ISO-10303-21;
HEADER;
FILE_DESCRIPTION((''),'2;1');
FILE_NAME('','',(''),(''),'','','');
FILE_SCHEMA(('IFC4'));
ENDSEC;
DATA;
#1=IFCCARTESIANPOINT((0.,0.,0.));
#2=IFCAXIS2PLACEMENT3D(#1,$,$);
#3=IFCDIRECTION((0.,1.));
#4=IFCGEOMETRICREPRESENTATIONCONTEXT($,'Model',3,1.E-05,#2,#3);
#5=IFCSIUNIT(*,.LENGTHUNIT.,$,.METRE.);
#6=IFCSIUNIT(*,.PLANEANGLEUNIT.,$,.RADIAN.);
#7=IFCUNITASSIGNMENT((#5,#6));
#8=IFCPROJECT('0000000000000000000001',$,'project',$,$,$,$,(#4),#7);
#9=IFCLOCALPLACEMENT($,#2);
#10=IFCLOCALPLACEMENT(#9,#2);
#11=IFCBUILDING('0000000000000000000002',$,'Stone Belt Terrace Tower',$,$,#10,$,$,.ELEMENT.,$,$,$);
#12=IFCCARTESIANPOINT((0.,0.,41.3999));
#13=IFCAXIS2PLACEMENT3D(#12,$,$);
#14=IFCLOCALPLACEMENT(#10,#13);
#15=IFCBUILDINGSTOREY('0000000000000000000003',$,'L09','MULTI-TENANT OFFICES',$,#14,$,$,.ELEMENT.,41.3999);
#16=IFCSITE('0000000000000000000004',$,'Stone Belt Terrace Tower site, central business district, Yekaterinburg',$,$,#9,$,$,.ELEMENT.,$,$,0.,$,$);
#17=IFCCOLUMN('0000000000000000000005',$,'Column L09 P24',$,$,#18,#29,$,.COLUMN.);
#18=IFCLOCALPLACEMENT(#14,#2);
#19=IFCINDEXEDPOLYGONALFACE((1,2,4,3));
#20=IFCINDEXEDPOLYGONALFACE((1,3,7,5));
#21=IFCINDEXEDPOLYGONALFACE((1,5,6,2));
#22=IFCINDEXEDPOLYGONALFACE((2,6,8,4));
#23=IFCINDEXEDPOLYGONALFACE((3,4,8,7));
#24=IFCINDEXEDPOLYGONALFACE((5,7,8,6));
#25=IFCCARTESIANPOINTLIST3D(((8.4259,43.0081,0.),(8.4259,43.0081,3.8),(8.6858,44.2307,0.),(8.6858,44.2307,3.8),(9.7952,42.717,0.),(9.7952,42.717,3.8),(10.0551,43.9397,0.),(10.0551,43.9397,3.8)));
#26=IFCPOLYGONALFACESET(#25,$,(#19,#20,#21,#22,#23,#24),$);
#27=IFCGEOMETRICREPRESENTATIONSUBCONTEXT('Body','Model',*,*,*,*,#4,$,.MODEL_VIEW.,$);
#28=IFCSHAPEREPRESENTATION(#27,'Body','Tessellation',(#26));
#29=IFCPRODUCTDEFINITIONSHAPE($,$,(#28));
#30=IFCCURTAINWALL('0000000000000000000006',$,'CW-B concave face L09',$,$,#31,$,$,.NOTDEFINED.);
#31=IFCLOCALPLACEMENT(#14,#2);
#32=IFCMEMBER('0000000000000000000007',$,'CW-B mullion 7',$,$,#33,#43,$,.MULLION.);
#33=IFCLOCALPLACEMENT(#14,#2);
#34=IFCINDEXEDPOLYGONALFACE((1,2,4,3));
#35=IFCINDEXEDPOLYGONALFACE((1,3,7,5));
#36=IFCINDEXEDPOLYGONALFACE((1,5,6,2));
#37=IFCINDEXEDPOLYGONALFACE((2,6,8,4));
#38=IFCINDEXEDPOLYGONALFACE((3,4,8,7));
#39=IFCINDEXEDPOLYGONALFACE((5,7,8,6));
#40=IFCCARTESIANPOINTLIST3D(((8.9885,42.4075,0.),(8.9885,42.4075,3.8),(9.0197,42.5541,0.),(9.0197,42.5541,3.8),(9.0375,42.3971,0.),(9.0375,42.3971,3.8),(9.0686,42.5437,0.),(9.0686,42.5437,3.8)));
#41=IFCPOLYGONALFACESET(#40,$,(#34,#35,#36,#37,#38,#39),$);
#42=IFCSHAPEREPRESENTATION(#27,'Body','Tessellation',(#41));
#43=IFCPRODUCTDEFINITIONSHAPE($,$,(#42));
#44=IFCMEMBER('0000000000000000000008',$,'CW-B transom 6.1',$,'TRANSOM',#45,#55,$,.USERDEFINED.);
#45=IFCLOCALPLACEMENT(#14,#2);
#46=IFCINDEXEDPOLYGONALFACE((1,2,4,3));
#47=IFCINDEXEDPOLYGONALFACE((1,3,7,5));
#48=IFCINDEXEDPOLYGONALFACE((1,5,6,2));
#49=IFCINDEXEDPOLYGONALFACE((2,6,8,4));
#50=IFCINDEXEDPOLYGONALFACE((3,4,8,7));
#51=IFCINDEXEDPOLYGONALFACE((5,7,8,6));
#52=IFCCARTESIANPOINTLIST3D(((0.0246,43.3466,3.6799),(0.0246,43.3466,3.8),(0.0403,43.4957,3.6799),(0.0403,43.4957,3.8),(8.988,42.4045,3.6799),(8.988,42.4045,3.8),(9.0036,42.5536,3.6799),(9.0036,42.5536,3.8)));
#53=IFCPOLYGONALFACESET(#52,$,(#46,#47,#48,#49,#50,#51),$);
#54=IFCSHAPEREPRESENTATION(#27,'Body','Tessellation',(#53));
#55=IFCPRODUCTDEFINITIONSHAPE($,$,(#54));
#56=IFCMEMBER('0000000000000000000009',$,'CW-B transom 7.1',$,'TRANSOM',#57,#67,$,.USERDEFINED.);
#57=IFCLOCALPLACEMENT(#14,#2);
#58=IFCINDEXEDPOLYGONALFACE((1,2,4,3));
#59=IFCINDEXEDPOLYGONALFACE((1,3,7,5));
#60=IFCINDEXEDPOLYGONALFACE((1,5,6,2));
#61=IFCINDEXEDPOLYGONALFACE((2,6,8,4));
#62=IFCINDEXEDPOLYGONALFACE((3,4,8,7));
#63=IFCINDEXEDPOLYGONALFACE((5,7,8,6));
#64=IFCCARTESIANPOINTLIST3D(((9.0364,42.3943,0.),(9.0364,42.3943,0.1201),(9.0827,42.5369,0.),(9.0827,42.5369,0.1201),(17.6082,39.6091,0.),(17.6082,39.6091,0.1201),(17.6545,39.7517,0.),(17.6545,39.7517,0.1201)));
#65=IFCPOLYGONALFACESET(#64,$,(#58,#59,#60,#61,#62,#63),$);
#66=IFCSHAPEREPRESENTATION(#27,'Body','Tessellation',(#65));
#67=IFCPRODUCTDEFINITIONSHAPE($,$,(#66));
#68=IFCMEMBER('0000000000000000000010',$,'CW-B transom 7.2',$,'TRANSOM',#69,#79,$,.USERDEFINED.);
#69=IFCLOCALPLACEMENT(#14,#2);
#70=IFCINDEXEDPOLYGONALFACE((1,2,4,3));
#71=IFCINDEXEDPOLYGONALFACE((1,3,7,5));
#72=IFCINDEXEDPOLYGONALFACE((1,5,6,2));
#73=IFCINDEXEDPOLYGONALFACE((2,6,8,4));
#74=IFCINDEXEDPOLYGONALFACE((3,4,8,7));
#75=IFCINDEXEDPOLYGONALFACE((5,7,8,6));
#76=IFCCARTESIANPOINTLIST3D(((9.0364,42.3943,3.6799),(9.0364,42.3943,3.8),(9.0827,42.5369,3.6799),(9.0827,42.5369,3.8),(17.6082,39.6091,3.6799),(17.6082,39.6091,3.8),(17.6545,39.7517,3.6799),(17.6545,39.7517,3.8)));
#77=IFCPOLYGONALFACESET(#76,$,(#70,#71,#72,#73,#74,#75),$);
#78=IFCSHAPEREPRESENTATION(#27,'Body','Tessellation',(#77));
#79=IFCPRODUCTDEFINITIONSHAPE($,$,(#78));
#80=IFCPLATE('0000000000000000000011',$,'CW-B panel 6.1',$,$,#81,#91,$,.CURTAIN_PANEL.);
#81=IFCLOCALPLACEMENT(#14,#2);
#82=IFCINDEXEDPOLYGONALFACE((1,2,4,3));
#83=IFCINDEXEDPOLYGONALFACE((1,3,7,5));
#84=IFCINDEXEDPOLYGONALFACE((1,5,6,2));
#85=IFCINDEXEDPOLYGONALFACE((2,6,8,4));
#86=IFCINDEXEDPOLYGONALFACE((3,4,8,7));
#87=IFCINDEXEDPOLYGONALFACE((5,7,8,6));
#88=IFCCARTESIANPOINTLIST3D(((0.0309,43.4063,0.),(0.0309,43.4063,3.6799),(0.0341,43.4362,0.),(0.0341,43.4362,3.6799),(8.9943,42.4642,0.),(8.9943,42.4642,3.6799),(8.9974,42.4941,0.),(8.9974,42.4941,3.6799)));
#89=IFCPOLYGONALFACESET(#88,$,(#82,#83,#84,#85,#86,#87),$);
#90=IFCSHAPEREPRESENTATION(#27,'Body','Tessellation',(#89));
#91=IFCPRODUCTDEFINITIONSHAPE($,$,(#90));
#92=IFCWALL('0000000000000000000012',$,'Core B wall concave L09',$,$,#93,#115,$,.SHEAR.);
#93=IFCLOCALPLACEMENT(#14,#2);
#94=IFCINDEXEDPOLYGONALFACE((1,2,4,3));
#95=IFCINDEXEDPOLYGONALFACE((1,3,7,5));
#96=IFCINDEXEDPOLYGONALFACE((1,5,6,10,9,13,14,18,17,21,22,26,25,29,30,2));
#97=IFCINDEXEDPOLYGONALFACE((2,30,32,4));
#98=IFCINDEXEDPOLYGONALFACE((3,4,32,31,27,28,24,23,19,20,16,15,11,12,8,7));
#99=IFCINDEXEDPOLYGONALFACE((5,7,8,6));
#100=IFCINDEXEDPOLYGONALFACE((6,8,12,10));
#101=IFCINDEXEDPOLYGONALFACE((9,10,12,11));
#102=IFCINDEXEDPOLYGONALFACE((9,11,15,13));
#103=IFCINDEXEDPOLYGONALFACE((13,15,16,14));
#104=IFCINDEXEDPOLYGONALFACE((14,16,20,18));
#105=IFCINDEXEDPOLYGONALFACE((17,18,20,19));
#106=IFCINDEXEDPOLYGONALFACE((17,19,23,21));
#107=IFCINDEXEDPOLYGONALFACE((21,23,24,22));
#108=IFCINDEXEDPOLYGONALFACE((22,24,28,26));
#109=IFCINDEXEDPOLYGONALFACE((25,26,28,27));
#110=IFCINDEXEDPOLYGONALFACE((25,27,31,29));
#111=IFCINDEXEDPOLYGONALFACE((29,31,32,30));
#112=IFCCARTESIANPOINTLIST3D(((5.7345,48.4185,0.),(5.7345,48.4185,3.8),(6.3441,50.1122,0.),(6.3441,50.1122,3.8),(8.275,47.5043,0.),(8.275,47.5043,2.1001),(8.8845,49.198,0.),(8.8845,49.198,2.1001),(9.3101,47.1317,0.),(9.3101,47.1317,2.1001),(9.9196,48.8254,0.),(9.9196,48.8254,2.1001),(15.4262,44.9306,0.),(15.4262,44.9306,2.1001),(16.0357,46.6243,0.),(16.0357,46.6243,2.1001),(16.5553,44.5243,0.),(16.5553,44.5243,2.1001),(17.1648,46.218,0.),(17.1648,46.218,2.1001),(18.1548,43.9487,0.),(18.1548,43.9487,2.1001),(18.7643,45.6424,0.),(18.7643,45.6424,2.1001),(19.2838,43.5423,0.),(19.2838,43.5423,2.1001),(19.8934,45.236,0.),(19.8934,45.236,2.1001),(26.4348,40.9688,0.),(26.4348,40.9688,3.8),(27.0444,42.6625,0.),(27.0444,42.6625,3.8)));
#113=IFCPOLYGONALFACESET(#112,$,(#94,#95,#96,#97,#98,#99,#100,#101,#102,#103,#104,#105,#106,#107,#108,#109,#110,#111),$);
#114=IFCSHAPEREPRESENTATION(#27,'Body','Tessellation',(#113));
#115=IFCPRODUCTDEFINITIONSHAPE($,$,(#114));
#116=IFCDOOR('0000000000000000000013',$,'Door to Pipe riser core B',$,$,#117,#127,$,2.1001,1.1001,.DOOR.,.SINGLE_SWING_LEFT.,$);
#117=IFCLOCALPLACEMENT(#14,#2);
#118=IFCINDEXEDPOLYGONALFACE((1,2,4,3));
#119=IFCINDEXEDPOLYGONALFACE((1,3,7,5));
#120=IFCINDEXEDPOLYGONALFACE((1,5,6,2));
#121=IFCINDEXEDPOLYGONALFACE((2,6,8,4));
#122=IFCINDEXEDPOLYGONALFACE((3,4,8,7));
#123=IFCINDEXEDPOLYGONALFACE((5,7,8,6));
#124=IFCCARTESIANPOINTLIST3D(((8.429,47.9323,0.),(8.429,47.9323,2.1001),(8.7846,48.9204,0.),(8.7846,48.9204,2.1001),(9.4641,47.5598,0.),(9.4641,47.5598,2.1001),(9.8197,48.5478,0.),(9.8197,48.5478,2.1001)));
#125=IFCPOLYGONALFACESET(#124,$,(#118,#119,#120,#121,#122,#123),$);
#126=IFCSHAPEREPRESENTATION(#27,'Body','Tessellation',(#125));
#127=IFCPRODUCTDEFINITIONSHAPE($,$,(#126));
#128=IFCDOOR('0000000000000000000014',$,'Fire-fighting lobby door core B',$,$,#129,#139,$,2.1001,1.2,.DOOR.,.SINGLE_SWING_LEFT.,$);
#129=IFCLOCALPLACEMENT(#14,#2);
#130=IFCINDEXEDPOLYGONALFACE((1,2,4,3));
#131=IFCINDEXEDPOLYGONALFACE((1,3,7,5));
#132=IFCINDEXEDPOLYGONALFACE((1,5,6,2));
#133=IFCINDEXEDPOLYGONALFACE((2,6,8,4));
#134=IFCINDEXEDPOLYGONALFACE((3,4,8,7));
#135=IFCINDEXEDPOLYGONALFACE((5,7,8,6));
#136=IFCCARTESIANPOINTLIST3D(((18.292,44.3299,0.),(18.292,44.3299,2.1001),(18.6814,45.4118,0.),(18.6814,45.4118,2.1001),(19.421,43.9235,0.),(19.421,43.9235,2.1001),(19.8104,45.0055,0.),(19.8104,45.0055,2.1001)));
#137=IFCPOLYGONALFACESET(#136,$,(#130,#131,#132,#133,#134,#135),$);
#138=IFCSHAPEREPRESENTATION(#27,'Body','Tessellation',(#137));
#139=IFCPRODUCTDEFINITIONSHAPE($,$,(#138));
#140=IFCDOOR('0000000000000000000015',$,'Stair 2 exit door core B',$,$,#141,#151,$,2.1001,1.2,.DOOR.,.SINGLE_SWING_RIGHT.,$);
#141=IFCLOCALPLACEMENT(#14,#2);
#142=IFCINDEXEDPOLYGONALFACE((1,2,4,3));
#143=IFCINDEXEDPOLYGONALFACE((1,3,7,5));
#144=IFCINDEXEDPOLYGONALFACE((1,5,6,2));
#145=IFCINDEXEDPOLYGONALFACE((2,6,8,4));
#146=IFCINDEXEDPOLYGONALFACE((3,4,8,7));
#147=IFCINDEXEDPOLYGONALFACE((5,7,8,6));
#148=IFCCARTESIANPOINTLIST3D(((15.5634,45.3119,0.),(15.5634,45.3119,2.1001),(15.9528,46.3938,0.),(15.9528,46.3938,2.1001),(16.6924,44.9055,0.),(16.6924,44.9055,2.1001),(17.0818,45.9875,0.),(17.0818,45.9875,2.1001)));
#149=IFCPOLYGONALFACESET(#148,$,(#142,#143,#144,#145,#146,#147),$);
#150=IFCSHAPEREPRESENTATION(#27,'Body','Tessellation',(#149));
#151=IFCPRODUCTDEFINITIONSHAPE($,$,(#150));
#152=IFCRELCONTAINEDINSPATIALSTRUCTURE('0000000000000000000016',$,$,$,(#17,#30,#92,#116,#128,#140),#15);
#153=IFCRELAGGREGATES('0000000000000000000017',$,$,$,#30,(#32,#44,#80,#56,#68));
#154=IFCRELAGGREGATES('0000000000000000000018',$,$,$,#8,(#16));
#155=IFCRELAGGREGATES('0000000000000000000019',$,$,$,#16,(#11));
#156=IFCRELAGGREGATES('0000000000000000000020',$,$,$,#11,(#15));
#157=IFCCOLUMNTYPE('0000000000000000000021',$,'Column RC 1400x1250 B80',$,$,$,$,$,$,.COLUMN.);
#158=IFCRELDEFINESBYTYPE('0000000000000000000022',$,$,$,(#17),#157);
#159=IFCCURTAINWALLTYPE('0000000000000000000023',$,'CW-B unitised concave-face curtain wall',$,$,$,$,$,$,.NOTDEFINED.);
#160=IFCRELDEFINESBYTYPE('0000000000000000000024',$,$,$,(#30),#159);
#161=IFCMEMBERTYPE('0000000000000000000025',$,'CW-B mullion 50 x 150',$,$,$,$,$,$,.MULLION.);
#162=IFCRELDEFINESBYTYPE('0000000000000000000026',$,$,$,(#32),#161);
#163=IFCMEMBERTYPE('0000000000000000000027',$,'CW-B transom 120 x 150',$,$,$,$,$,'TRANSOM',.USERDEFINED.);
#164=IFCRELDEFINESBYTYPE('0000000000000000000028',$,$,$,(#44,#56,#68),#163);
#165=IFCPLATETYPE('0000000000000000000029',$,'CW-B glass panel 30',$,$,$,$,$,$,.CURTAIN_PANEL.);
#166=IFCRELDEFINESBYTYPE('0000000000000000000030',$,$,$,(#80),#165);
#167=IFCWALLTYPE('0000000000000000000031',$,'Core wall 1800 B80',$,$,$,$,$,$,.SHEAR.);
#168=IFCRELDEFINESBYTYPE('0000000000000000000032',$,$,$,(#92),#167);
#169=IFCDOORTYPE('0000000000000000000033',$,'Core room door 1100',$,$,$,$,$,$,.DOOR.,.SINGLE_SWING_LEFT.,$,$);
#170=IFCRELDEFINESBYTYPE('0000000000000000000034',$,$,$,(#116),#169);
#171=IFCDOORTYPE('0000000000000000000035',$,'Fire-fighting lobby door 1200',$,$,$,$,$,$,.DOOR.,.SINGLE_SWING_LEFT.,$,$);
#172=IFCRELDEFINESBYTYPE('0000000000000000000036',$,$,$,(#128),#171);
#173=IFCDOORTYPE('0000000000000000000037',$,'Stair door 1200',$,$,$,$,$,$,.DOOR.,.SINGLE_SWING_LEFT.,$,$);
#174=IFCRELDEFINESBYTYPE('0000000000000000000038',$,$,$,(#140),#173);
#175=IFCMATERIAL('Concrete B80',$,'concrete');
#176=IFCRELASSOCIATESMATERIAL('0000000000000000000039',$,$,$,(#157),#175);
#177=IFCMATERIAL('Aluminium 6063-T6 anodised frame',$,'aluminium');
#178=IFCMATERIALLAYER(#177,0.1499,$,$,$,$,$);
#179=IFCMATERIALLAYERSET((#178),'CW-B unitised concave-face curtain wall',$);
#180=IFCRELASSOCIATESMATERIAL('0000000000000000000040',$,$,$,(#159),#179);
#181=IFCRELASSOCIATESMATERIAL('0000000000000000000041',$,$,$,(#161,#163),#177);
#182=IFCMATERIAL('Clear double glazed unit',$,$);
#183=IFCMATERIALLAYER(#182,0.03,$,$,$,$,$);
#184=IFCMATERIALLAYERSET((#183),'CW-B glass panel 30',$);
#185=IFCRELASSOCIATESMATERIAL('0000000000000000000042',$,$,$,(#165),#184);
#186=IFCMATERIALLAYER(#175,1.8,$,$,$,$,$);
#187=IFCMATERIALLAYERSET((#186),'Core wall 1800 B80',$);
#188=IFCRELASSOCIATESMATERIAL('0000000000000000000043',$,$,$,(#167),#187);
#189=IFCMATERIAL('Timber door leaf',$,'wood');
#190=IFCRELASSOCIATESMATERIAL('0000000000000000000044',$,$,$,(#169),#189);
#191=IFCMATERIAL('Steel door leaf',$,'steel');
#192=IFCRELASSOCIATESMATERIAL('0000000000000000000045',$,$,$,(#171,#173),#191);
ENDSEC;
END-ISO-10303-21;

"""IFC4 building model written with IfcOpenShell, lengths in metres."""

from ifc_helpers import new_model, si_unit, direction, frame, frame_2d, origin, origin_2d, place, context, subcontext, project, spatial, rectangle, extrude, material, layer, layer_set, material_profile, profile_set, type_object, element, fill, aggregate, save


model = new_model("IFC4")

# Units and contexts
model_context = context("Model", 3, precision=1e-05, world=origin(), true_north=direction((0.0, 1.0)))
body_context = subcontext(model_context, "Body", "Model", "MODEL_VIEW")
ifc_project = project(units=[si_unit("LENGTHUNIT", "METRE"), si_unit("PLANEANGLEUNIT", "RADIAN")], contexts=[model_context])

# Site, building, storey
site_placement = place(None, origin())
site = spatial("IfcSite", under=ifc_project, at=site_placement, Name="Stone Belt Terrace Tower site, central business district, Yekaterinburg", CompositionType="ELEMENT", RefElevation=0.0)
building_placement = place(site_placement, origin())
building = spatial("IfcBuilding", under=site, at=building_placement, Name="Stone Belt Terrace Tower", CompositionType="ELEMENT")
storey_placement = place(building_placement, frame((0.0, 0.0, 41.3999)))
storey = spatial("IfcBuildingStorey", under=building, at=storey_placement, Name="L09", Description="MULTI-TENANT OFFICES", CompositionType="ELEMENT", Elevation=41.3999)

# Column
ifc_material_1 = material(Name="Concrete B80", Category="concrete")
ifc_material_profile_1 = material_profile(ifc_material_1, rectangle(XDim=1.3999, YDim=1.25, at=origin_2d()), Name="RC 1400x1250")
ifc_profile_set_1 = profile_set([ifc_material_profile_1], Name="Concrete B80")
column_type = type_object("IfcColumnType", Name="Column RC 1400x1250 B80", PredefinedType="COLUMN", material=ifc_profile_set_1)
column_placement = place(storey_placement, frame((9.2405, 43.4739, 0.0), z_axis=(0.0, 0.0, 1.0), x_axis=(0.978148, -0.207912, 0.0)))
element("IfcColumn", 1, at=column_placement, inside=storey, type_object=column_type, Name="Column L09 P24", PredefinedType="COLUMN", context=body_context, shape_type="SweptSolid", body=[
    extrude(rectangle(XDim=1.3999, YDim=1.25, at=origin_2d()), origin(), (0.0, 0.0, 1.0), 3.8),
])

# Curtain wall, members, plate
ifc_material_2 = material(Name="Aluminium 6063-T6 anodised frame", Category="aluminium")
ifc_layer_1 = layer(ifc_material_2, 0.1499)
ifc_layer_set_1 = layer_set([ifc_layer_1], Name="CW-B unitised concave-face curtain wall")
curtain_wall_type = type_object("IfcCurtainWallType", Name="CW-B unitised concave-face curtain wall", PredefinedType="NOTDEFINED", material=ifc_layer_set_1)
curtain_wall_placement = place(storey_placement, origin())
curtain_wall = element("IfcCurtainWall", 2, at=curtain_wall_placement, inside=storey, type_object=curtain_wall_type, Name="CW-B concave face L09", PredefinedType="NOTDEFINED")
ifc_material_profile_2 = material_profile(ifc_material_2, rectangle(XDim=0.1499, YDim=0.05, at=origin_2d()), Name="Aluminium 6063-T6 50x150")
ifc_profile_set_2 = profile_set([ifc_material_profile_2], Name="Aluminium 6063-T6 anodised frame")
member_type_1 = type_object("IfcMemberType", Name="CW-B mullion 50 x 150", PredefinedType="MULLION", material=ifc_profile_set_2)
member_1_placement = place(storey_placement, frame((9.0286, 42.4756, 0.0), z_axis=(0.0, 0.0, 1.0), x_axis=(0.207912, 0.978148, 0.0)))
member_1 = element("IfcMember", 3, at=member_1_placement, type_object=member_type_1, Name="CW-B mullion 7", PredefinedType="MULLION", context=body_context, shape_type="SweptSolid", body=[
    extrude(rectangle(XDim=0.1499, YDim=0.05, at=origin_2d()), origin(), (0.0, 0.0, 1.0), 3.8),
])
ifc_material_profile_3 = material_profile(ifc_material_2, rectangle(XDim=0.1499, YDim=0.1201, at=origin_2d()), Name="Aluminium 6063-T6 150x120")
ifc_profile_set_3 = profile_set([ifc_material_profile_3], Name="Aluminium 6063-T6 anodised frame")
member_type_2 = type_object("IfcMemberType", Name="CW-B transom 120 x 150", ElementType="TRANSOM", PredefinedType="USERDEFINED", material=ifc_profile_set_3)
member_2_placement = place(storey_placement, frame((0.0325, 43.4211, 3.74), z_axis=(0.994521, -0.104534, 0.0), x_axis=(0.104534, 0.994521, 0.0)))
member_2 = element("IfcMember", 4, at=member_2_placement, type_object=member_type_2, Name="CW-B transom 6.1", ObjectType="TRANSOM", PredefinedType="USERDEFINED", context=body_context, shape_type="SweptSolid", body=[
    extrude(rectangle(XDim=0.1499, YDim=0.1201, at=origin_2d()), origin(), (0.0, 0.0, 1.0), 9.0127),
])
member_3_placement = place(storey_placement, frame((9.0596, 42.4656, 0.0601), z_axis=(0.951056, -0.309019, 0.0), x_axis=(0.309019, 0.951056, 0.0)))
member_3 = element("IfcMember", 5, at=member_3_placement, type_object=member_type_2, Name="CW-B transom 7.1", ObjectType="TRANSOM", PredefinedType="USERDEFINED", context=body_context, shape_type="SweptSolid", body=[
    extrude(rectangle(XDim=0.1499, YDim=0.1201, at=origin_2d()), origin(), (0.0, 0.0, 1.0), 9.0129),
])
member_4_placement = place(storey_placement, frame((9.0596, 42.4656, 3.74), z_axis=(0.951056, -0.309019, 0.0), x_axis=(0.309019, 0.951056, 0.0)))
member_4 = element("IfcMember", 6, at=member_4_placement, type_object=member_type_2, Name="CW-B transom 7.2", ObjectType="TRANSOM", PredefinedType="USERDEFINED", context=body_context, shape_type="SweptSolid", body=[
    extrude(rectangle(XDim=0.1499, YDim=0.1201, at=origin_2d()), origin(), (0.0, 0.0, 1.0), 9.0129),
])
ifc_material_3 = material(Name="Clear double glazed unit")
ifc_layer_2 = layer(ifc_material_3, 0.03)
ifc_layer_set_2 = layer_set([ifc_layer_2], Name="CW-B glass panel 30")
plate_type = type_object("IfcPlateType", Name="CW-B glass panel 30", PredefinedType="CURTAIN_PANEL", material=ifc_layer_set_2)
plate_placement = place(storey_placement, frame((4.5142, 42.9502, 0.0), z_axis=(0.0, 0.0, 1.0), x_axis=(0.994522, -0.104528, 0.0)))
plate = element("IfcPlate", 7, at=plate_placement, type_object=plate_type, Name="CW-B panel 6.1", PredefinedType="CURTAIN_PANEL", context=body_context, shape_type="SweptSolid", body=[
    extrude(rectangle(XDim=9.0127, YDim=0.03, at=origin_2d()), origin(), (0.0, 0.0, 1.0), 3.6799),
])
aggregate(curtain_wall, [member_1, member_2, plate, member_3, member_4])

# Wall, openings, doors
ifc_layer_3 = layer(ifc_material_1, 1.8)
ifc_layer_set_3 = layer_set([ifc_layer_3], Name="Core wall 1800 B80")
wall_type_1 = type_object("IfcWallType", Name="Core wall 1800 B80", PredefinedType="SHEAR", material=ifc_layer_set_3)
wall_1_placement = place(storey_placement, frame((6.0393, 49.2654, 0.0), z_axis=(0.0, 0.0, 1.0), x_axis=(0.940922, -0.338624, 0.0)))
wall_1 = element("IfcWall", 8, at=wall_1_placement, inside=storey, type_object=wall_type_1, Name="Core B wall concave L09", PredefinedType="SHEAR", context=body_context, shape_type="SweptSolid", body=[
    extrude(rectangle(XDim=22.0, YDim=1.8, at=frame_2d((11.0, 0.0))), origin(), (0.0, 0.0, 1.0), 3.8),
])
opening_1_placement = place(wall_1_placement, frame((13.2, 0.0, 0.0)))
opening_1 = element("IfcOpeningElement", 9, at=opening_1_placement, cuts=wall_1, PredefinedType="OPENING", context=body_context, shape_type="SweptSolid", body=[
    extrude(rectangle(XDim=1.2, YDim=2.1001, at=frame_2d((0.6001, 1.05))), frame((0.0, 0.9099, 0.0), z_axis=(0.0, -1.0, 0.0), x_axis=(1.0, 0.0, 0.0)), (0.0, 0.0, 1.0), 1.8201),
])
opening_2_placement = place(wall_1_placement, frame((10.3, 0.0, 0.0)))
opening_2 = element("IfcOpeningElement", 10, at=opening_2_placement, cuts=wall_1, PredefinedType="OPENING", context=body_context, shape_type="SweptSolid", body=[
    extrude(rectangle(XDim=1.2, YDim=2.1001, at=frame_2d((0.6001, 1.05))), frame((0.0, 0.9099, 0.0), z_axis=(0.0, -1.0, 0.0), x_axis=(1.0, 0.0, 0.0)), (0.0, 0.0, 1.0), 1.8201),
])
opening_3_placement = place(wall_1_placement, frame((2.7, 0.0, 0.0)))
opening_3 = element("IfcOpeningElement", 11, at=opening_3_placement, cuts=wall_1, PredefinedType="OPENING", context=body_context, shape_type="SweptSolid", body=[
    extrude(rectangle(XDim=1.1001, YDim=2.1001, at=frame_2d((0.55, 1.05))), frame((0.0, 0.9099, 0.0), z_axis=(0.0, -1.0, 0.0), x_axis=(1.0, 0.0, 0.0)), (0.0, 0.0, 1.0), 1.8201),
])
ifc_material_4 = material(Name="Timber door leaf", Category="wood")
door_type_1 = type_object("IfcDoorType", Name="Core room door 1100", OperationType="SINGLE_SWING_LEFT", PredefinedType="DOOR", material=ifc_material_4)
door_1_placement = place(opening_3_placement, origin())
door_1 = element("IfcDoor", 12, at=door_1_placement, inside=storey, type_object=door_type_1, Name="Door to Pipe riser core B", OperationType="SINGLE_SWING_LEFT", OverallHeight=2.1001, OverallWidth=1.1001, PredefinedType="DOOR", context=body_context, shape_type="SweptSolid", body=[
    extrude(rectangle(XDim=1.1001, YDim=2.1001, at=frame_2d((0.55, 1.05))), frame((0.0, 0.605, 0.0), z_axis=(0.0, -1.0, 0.0), x_axis=(1.0, 0.0, 0.0)), (0.0, 0.0, 1.0), 1.05),
])
fill(opening_3, door_1)
ifc_material_5 = material(Name="Steel door leaf", Category="steel")
door_type_2 = type_object("IfcDoorType", Name="Fire-fighting lobby door 1200", OperationType="SINGLE_SWING_LEFT", PredefinedType="DOOR", material=ifc_material_5)
door_2_placement = place(opening_1_placement, origin())
door_2 = element("IfcDoor", 13, at=door_2_placement, inside=storey, type_object=door_type_2, Name="Fire-fighting lobby door core B", OperationType="SINGLE_SWING_LEFT", OverallHeight=2.1001, OverallWidth=1.2, PredefinedType="DOOR", context=body_context, shape_type="SweptSolid", body=[
    extrude(rectangle(XDim=1.2, YDim=2.1001, at=frame_2d((0.6001, 1.05))), frame((0.0, 0.655, 0.0), z_axis=(0.0, -1.0, 0.0), x_axis=(1.0, 0.0, 0.0)), (0.0, 0.0, 1.0), 1.1499),
])
fill(opening_1, door_2)
door_type_3 = type_object("IfcDoorType", Name="Stair door 1200", OperationType="SINGLE_SWING_LEFT", PredefinedType="DOOR", material=ifc_material_5)
door_3_placement = place(opening_2_placement, origin())
door_3 = element("IfcDoor", 14, at=door_3_placement, inside=storey, type_object=door_type_3, Name="Stair 2 exit door core B", OperationType="SINGLE_SWING_RIGHT", OverallHeight=2.1001, OverallWidth=1.2, PredefinedType="DOOR", context=body_context, shape_type="SweptSolid", body=[
    extrude(rectangle(XDim=1.2, YDim=2.1001, at=frame_2d((0.6001, 1.05))), frame((0.0, 0.655, 0.0), z_axis=(0.0, -1.0, 0.0), x_axis=(1.0, 0.0, 0.0)), (0.0, 0.0, 1.0), 1.1499),
])
fill(opening_2, door_3)

save(model, "model.ifc")
